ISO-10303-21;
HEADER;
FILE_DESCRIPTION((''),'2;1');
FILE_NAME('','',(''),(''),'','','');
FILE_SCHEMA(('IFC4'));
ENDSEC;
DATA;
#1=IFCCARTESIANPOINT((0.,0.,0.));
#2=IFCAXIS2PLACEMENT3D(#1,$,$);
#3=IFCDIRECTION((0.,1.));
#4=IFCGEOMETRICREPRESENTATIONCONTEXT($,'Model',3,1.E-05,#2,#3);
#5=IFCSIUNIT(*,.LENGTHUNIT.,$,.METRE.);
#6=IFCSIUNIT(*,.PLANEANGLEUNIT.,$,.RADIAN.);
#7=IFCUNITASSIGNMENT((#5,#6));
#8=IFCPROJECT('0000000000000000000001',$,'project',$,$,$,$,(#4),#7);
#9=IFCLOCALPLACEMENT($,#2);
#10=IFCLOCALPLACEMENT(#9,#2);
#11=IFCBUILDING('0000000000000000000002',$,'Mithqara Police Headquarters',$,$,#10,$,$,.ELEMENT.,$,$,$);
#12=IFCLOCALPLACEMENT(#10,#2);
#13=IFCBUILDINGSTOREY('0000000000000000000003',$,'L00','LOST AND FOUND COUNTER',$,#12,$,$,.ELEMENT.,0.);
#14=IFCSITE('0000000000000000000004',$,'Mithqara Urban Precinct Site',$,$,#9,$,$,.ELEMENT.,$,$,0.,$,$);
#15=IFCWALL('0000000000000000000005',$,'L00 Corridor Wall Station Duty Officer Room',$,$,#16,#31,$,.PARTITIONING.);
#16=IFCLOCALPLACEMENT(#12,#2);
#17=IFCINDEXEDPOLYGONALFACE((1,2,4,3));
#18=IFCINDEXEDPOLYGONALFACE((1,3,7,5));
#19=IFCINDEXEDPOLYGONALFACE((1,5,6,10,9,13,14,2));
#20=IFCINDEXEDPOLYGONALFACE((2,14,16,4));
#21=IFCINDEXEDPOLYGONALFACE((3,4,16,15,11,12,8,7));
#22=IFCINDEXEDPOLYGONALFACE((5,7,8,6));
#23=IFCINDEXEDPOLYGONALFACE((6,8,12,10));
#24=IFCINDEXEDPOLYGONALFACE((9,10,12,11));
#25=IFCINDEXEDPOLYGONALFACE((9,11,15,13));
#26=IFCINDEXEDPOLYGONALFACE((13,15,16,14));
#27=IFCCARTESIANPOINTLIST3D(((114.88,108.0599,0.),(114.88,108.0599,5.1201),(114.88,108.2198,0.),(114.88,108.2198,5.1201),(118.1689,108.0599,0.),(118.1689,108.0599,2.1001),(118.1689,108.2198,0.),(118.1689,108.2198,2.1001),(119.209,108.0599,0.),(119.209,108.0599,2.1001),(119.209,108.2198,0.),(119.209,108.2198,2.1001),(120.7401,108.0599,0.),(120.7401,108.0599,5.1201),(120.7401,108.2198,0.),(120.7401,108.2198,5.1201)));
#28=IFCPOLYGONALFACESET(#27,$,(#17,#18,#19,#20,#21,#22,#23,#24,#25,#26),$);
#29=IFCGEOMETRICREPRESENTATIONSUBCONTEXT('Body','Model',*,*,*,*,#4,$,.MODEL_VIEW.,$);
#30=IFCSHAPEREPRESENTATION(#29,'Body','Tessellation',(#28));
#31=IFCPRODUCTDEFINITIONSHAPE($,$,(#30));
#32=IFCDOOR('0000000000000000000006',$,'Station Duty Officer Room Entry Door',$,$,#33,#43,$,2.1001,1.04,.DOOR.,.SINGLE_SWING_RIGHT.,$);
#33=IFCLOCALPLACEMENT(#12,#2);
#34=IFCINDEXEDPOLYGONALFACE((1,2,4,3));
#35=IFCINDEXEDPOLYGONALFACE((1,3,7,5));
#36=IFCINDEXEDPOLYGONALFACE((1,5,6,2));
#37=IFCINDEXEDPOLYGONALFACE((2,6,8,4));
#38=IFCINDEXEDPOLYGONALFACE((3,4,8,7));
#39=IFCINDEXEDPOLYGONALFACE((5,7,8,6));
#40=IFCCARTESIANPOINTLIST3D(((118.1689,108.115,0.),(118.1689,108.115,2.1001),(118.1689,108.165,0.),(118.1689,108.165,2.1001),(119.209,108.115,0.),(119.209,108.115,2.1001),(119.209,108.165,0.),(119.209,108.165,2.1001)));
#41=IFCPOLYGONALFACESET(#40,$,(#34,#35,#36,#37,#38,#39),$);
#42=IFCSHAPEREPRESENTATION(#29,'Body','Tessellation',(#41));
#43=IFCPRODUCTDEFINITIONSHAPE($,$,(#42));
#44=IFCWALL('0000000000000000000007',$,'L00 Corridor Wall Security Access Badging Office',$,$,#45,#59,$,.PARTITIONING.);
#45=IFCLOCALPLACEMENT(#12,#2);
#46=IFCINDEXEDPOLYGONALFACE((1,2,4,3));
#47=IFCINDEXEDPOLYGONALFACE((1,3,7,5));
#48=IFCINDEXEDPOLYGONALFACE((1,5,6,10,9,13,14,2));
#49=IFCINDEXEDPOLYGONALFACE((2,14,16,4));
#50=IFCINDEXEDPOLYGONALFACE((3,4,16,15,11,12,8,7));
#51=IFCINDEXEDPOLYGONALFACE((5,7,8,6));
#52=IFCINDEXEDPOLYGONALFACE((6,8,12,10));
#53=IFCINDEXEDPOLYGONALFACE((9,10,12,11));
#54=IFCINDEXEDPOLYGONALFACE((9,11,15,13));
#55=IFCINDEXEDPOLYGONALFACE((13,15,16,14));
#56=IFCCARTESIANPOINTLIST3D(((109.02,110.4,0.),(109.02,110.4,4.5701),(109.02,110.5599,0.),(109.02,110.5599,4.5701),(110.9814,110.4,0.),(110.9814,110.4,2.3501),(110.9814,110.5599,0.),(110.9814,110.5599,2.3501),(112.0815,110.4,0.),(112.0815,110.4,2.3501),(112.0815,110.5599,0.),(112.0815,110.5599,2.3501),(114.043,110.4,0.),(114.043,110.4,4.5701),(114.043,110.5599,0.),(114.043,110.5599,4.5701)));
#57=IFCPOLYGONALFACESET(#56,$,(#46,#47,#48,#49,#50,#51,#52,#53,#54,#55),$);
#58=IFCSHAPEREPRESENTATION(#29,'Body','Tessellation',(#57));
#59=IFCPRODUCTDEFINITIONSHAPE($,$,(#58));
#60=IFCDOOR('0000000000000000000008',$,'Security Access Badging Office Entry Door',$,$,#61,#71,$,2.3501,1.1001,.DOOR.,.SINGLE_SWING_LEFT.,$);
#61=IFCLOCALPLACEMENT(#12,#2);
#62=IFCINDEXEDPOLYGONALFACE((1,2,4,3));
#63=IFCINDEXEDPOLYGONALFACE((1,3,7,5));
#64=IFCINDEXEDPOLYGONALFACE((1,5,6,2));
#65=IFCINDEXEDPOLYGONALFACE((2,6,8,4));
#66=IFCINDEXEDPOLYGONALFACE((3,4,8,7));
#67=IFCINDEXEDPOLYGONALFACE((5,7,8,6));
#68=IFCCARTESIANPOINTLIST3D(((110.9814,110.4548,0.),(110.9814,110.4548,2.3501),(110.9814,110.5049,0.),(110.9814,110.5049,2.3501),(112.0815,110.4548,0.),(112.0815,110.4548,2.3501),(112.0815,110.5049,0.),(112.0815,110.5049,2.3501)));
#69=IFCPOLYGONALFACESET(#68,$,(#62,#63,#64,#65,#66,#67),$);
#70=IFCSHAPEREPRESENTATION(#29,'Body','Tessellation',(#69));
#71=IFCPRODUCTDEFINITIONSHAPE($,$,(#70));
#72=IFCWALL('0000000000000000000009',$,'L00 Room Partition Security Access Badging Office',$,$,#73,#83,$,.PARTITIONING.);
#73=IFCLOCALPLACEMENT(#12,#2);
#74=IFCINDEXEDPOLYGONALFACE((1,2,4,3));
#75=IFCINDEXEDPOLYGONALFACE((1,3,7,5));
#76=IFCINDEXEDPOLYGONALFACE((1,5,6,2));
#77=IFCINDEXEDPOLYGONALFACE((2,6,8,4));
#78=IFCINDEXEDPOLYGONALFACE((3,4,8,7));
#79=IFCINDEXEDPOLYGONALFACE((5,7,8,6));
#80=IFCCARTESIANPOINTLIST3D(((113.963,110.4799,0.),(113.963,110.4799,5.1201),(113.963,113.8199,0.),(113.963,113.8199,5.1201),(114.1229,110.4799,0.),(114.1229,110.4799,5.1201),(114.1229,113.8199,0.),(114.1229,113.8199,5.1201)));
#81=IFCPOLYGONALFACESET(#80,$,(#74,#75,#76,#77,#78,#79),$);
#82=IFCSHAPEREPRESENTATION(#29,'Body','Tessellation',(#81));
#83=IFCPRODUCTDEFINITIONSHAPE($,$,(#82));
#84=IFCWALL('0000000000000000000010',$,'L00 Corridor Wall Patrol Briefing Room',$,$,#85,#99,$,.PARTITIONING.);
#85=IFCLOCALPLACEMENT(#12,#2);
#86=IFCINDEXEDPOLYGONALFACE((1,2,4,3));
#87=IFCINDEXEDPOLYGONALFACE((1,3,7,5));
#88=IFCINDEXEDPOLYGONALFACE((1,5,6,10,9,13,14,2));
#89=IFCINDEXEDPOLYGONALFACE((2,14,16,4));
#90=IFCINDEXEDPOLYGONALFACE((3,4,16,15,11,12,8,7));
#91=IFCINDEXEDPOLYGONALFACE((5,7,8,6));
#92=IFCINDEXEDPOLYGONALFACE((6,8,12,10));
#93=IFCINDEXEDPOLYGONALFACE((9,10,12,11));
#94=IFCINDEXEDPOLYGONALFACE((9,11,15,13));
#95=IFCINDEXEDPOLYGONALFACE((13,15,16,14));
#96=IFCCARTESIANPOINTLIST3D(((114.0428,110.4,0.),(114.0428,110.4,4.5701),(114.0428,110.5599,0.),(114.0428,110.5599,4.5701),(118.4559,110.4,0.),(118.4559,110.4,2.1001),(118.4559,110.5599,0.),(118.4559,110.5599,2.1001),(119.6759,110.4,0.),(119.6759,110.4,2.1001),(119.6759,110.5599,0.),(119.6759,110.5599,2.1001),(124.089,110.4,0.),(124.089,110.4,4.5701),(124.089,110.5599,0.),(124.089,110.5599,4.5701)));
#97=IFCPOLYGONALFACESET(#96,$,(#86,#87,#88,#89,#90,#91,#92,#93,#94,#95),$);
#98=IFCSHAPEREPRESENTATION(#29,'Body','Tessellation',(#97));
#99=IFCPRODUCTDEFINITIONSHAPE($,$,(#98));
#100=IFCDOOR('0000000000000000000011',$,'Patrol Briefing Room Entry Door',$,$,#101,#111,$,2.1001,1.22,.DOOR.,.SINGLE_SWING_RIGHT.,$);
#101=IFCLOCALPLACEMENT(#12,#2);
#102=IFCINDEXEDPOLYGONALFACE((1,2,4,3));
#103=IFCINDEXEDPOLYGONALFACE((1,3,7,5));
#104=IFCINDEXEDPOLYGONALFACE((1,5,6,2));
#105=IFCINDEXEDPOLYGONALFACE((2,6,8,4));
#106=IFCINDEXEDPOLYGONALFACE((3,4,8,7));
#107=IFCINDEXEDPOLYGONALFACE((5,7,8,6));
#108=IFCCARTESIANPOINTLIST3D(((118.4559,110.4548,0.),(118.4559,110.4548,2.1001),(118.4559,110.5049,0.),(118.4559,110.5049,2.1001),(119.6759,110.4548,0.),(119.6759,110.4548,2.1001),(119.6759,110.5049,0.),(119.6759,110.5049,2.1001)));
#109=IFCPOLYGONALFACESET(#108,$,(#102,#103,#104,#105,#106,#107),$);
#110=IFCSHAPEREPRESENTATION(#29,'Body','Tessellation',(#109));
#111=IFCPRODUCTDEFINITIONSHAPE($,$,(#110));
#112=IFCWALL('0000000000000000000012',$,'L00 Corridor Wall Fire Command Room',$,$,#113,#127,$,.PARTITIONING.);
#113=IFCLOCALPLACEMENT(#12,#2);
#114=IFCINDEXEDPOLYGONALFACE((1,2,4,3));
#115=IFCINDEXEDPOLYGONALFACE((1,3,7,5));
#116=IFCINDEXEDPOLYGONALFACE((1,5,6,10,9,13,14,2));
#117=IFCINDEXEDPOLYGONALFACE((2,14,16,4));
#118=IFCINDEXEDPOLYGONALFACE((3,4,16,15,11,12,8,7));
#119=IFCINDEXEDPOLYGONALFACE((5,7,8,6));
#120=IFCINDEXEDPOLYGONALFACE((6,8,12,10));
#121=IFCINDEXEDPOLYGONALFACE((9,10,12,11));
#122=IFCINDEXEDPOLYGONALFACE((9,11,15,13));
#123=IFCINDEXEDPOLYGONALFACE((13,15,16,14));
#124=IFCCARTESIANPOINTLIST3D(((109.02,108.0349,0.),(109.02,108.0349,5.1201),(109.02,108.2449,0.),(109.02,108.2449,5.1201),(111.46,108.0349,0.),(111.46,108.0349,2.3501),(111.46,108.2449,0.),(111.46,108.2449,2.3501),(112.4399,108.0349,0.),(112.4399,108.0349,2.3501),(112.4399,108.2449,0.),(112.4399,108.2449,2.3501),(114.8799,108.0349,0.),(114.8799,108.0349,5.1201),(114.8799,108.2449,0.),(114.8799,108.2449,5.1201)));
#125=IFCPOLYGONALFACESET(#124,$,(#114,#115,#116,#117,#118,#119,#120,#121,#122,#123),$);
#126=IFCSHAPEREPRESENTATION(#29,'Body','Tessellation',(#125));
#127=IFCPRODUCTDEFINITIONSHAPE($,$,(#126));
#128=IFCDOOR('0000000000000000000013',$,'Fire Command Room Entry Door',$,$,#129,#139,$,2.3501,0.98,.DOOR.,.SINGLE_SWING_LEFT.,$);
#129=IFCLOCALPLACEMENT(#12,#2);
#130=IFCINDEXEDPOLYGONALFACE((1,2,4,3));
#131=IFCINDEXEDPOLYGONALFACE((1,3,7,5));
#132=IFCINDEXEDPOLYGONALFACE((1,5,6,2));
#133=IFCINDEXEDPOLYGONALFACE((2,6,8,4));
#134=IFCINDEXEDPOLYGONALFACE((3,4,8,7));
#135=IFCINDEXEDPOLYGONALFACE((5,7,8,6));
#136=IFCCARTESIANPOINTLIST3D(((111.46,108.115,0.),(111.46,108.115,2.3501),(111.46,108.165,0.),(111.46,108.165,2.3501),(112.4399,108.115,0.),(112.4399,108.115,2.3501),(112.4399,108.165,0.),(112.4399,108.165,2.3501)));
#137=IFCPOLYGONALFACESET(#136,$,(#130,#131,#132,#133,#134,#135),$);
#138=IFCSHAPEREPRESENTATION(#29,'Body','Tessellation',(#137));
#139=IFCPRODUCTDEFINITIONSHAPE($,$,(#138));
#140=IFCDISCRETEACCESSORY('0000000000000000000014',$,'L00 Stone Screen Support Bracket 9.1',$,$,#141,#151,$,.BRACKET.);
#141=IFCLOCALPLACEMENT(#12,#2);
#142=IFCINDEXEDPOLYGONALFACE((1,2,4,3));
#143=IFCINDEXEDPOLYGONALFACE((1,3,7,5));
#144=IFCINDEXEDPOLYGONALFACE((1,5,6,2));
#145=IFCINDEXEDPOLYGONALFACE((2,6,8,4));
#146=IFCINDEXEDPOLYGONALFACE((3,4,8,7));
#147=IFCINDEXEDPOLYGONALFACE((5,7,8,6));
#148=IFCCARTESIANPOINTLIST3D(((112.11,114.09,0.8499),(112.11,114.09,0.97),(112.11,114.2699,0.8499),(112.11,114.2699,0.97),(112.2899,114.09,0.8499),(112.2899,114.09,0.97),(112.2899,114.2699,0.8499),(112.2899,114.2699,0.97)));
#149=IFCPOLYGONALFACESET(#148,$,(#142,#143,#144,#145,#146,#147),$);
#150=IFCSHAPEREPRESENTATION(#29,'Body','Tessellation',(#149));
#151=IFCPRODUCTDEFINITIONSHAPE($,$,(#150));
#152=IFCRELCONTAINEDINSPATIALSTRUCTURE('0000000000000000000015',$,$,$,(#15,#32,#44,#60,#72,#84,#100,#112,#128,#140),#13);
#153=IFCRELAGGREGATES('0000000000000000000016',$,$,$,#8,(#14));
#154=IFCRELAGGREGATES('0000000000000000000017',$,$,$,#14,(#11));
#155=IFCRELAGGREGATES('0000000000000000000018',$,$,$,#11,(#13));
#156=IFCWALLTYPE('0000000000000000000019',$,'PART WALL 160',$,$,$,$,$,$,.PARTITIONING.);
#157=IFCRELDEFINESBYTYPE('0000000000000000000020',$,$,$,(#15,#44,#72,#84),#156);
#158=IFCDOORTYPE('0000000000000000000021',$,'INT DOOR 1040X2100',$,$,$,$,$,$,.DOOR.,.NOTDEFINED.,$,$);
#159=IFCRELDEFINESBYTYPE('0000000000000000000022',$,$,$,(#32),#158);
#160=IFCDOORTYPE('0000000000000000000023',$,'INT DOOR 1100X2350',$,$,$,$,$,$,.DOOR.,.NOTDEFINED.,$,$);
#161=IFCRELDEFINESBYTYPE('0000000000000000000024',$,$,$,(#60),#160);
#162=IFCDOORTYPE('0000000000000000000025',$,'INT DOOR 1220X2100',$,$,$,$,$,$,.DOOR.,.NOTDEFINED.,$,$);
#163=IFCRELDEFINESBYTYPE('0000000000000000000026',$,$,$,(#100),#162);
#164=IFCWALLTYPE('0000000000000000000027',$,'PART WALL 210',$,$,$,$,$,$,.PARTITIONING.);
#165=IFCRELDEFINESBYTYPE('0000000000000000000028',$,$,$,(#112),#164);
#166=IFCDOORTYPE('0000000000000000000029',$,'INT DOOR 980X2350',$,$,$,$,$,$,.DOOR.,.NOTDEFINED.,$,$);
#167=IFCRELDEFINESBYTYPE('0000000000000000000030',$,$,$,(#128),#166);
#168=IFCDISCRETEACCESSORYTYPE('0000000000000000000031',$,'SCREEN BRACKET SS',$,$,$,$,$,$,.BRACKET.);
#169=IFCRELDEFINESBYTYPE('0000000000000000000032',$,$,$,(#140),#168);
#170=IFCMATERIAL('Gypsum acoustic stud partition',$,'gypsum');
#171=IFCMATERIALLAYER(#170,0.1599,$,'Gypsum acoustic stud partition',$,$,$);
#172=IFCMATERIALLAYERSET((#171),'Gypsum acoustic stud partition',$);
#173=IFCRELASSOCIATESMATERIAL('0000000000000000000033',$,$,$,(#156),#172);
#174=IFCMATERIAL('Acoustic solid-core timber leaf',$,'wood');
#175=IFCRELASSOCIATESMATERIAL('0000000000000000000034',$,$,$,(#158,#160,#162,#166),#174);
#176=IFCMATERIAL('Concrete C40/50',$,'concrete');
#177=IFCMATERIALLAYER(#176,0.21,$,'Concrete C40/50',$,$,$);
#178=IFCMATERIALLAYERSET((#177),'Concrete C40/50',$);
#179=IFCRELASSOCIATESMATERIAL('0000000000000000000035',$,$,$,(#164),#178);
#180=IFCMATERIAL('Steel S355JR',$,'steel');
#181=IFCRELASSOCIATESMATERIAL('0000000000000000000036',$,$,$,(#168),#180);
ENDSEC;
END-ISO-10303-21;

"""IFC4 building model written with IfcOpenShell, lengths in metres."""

from ifc_helpers import new_model, si_unit, direction, frame, frame_2d, origin, origin_2d, place, context, subcontext, project, spatial, rectangle, extrude, material, layer, layer_set, type_object, element, fill, save


model = new_model("IFC4")

# Units and contexts
model_context = context("Model", 3, precision=1e-05, world=origin(), true_north=direction((0.0, 1.0)))
body_context = subcontext(model_context, "Body", "Model", "MODEL_VIEW")
ifc_project = project(units=[si_unit("LENGTHUNIT", "METRE"), si_unit("PLANEANGLEUNIT", "RADIAN")], contexts=[model_context])

# Site, building, storey
site_placement = place(None, origin())
site = spatial("IfcSite", under=ifc_project, at=site_placement, Name="Mithqara Urban Precinct Site", CompositionType="ELEMENT", RefElevation=0.0)
building_placement = place(site_placement, origin())
building = spatial("IfcBuilding", under=site, at=building_placement, Name="Mithqara Police Headquarters", CompositionType="ELEMENT")
storey_placement = place(building_placement, origin())
storey = spatial("IfcBuildingStorey", under=building, at=storey_placement, Name="L00", Description="LOST AND FOUND COUNTER", CompositionType="ELEMENT", Elevation=0.0)

# Shared definitions
ifc_material_1 = material(Name="Steel S355JR", Category="steel")
ifc_material_2 = material(Name="Concrete C40/50", Category="concrete")

# Walls, openings, doors
ifc_material_3 = material(Name="Gypsum acoustic stud partition", Category="gypsum")
ifc_layer_1 = layer(ifc_material_3, 0.1599, Name="Gypsum acoustic stud partition")
ifc_layer_set_1 = layer_set([ifc_layer_1], Name="Gypsum acoustic stud partition")
wall_type_1 = type_object("IfcWallType", Name="PART WALL 160", PredefinedType="PARTITIONING", material=ifc_layer_set_1)
wall_1_placement = place(storey_placement, frame((114.8799, 108.1399, 0.0), z_axis=(0.0, 0.0, 1.0), x_axis=(1.0, 0.0, 0.0)))
wall_1 = element("IfcWall", 1, at=wall_1_placement, inside=storey, type_object=wall_type_1, Name="L00 Corridor Wall Station Duty Officer Room", PredefinedType="PARTITIONING", context=body_context, shape_type="SweptSolid", body=[
    extrude(rectangle(XDim=5.8601, YDim=0.1599, at=frame_2d((2.9302, 0.0))), origin(), (0.0, 0.0, 1.0), 5.1201),
])
opening_1_placement = place(wall_1_placement, frame((3.2891, 0.0, 0.0)))
opening_1 = element("IfcOpeningElement", 2, at=opening_1_placement, cuts=wall_1, PredefinedType="OPENING", context=body_context, shape_type="SweptSolid", body=[
    extrude(rectangle(XDim=1.04, YDim=2.1001, at=frame_2d((0.52, 1.05))), frame((0.0, 0.0898, 0.0), z_axis=(0.0, -1.0, 0.0), x_axis=(1.0, 0.0, 0.0)), (0.0, 0.0, 1.0), 0.1799),
])
ifc_material_4 = material(Name="Acoustic solid-core timber leaf", Category="wood")
door_type_1 = type_object("IfcDoorType", Name="INT DOOR 1040X2100", OperationType="NOTDEFINED", PredefinedType="DOOR", material=ifc_material_4)
door_1_placement = place(opening_1_placement, frame((1.04, 0.0, 0.0), z_axis=(0.0, 0.0, 1.0), x_axis=(-1.0, 0.0, 0.0)))
door_1 = element("IfcDoor", 3, at=door_1_placement, inside=storey, type_object=door_type_1, Name="Station Duty Officer Room Entry Door", OperationType="SINGLE_SWING_RIGHT", OverallHeight=2.1001, OverallWidth=1.04, PredefinedType="DOOR", context=body_context, shape_type="SweptSolid", body=[
    extrude(rectangle(XDim=1.04, YDim=2.1001, at=frame_2d((0.52, 1.05))), frame((0.0, 0.0249, 0.0), z_axis=(0.0, -1.0, 0.0), x_axis=(1.0, 0.0, 0.0)), (0.0, 0.0, 1.0), 0.05),
])
fill(opening_1, door_1)
wall_2_placement = place(storey_placement, frame((109.02, 110.48, 0.0), z_axis=(0.0, 0.0, 1.0), x_axis=(1.0, 0.0, 0.0)))
wall_2 = element("IfcWall", 4, at=wall_2_placement, inside=storey, type_object=wall_type_1, Name="L00 Corridor Wall Security Access Badging Office", PredefinedType="PARTITIONING", context=body_context, shape_type="SweptSolid", body=[
    extrude(rectangle(XDim=5.0229, YDim=0.1599, at=frame_2d((2.5115, 0.0))), origin(), (0.0, 0.0, 1.0), 4.5701),
])
opening_2_placement = place(wall_2_placement, frame((1.9614, 0.0, 0.0)))
opening_2 = element("IfcOpeningElement", 5, at=opening_2_placement, cuts=wall_2, PredefinedType="OPENING", context=body_context, shape_type="SweptSolid", body=[
    extrude(rectangle(XDim=1.1001, YDim=2.3501, at=frame_2d((0.55, 1.175))), frame((0.0, 0.0898, 0.0), z_axis=(0.0, -1.0, 0.0), x_axis=(1.0, 0.0, 0.0)), (0.0, 0.0, 1.0), 0.1799),
])
door_type_2 = type_object("IfcDoorType", Name="INT DOOR 1100X2350", OperationType="NOTDEFINED", PredefinedType="DOOR", material=ifc_material_4)
door_2_placement = place(opening_2_placement, origin())
door_2 = element("IfcDoor", 6, at=door_2_placement, inside=storey, type_object=door_type_2, Name="Security Access Badging Office Entry Door", OperationType="SINGLE_SWING_LEFT", OverallHeight=2.3501, OverallWidth=1.1001, PredefinedType="DOOR", context=body_context, shape_type="SweptSolid", body=[
    extrude(rectangle(XDim=1.1001, YDim=2.3501, at=frame_2d((0.55, 1.175))), frame((0.0, 0.0249, 0.0), z_axis=(0.0, -1.0, 0.0), x_axis=(1.0, 0.0, 0.0)), (0.0, 0.0, 1.0), 0.05),
])
fill(opening_2, door_2)

# Wall
wall_3_placement = place(storey_placement, frame((114.043, 110.48, 0.0), z_axis=(0.0, 0.0, 1.0), x_axis=(0.0, 1.0, 0.0)))
element("IfcWall", 7, at=wall_3_placement, inside=storey, type_object=wall_type_1, Name="L00 Room Partition Security Access Badging Office", PredefinedType="PARTITIONING", context=body_context, shape_type="SweptSolid", body=[
    extrude(rectangle(XDim=3.3401, YDim=0.1599, at=frame_2d((1.6699, 0.0))), origin(), (0.0, 0.0, 1.0), 5.1201),
])

# Walls, openings, doors
wall_4_placement = place(storey_placement, frame((114.043, 110.48, 0.0), z_axis=(0.0, 0.0, 1.0), x_axis=(1.0, 0.0, 0.0)))
wall_4 = element("IfcWall", 8, at=wall_4_placement, inside=storey, type_object=wall_type_1, Name="L00 Corridor Wall Patrol Briefing Room", PredefinedType="PARTITIONING", context=body_context, shape_type="SweptSolid", body=[
    extrude(rectangle(XDim=10.0461, YDim=0.1599, at=frame_2d((5.0229, 0.0))), origin(), (0.0, 0.0, 1.0), 4.5701),
])
opening_3_placement = place(wall_4_placement, frame((4.4131, 0.0, 0.0)))
opening_3 = element("IfcOpeningElement", 9, at=opening_3_placement, cuts=wall_4, PredefinedType="OPENING", context=body_context, shape_type="SweptSolid", body=[
    extrude(rectangle(XDim=1.22, YDim=2.1001, at=frame_2d((0.6099, 1.05))), frame((0.0, 0.0898, 0.0), z_axis=(0.0, -1.0, 0.0), x_axis=(1.0, 0.0, 0.0)), (0.0, 0.0, 1.0), 0.1799),
])
door_type_3 = type_object("IfcDoorType", Name="INT DOOR 1220X2100", OperationType="NOTDEFINED", PredefinedType="DOOR", material=ifc_material_4)
door_3_placement = place(opening_3_placement, origin())
door_3 = element("IfcDoor", 10, at=door_3_placement, inside=storey, type_object=door_type_3, Name="Patrol Briefing Room Entry Door", OperationType="SINGLE_SWING_RIGHT", OverallHeight=2.1001, OverallWidth=1.22, PredefinedType="DOOR", context=body_context, shape_type="SweptSolid", body=[
    extrude(rectangle(XDim=1.22, YDim=2.1001, at=frame_2d((0.6099, 1.05))), frame((0.0, 0.0249, 0.0), z_axis=(0.0, -1.0, 0.0), x_axis=(1.0, 0.0, 0.0)), (0.0, 0.0, 1.0), 0.05),
])
fill(opening_3, door_3)
ifc_layer_2 = layer(ifc_material_2, 0.21, Name="Concrete C40/50")
ifc_layer_set_2 = layer_set([ifc_layer_2], Name="Concrete C40/50")
wall_type_2 = type_object("IfcWallType", Name="PART WALL 210", PredefinedType="PARTITIONING", material=ifc_layer_set_2)
wall_5_placement = place(storey_placement, frame((109.02, 108.1399, 0.0), z_axis=(0.0, 0.0, 1.0), x_axis=(1.0, 0.0, 0.0)))
wall_5 = element("IfcWall", 11, at=wall_5_placement, inside=storey, type_object=wall_type_2, Name="L00 Corridor Wall Fire Command Room", PredefinedType="PARTITIONING", context=body_context, shape_type="SweptSolid", body=[
    extrude(rectangle(XDim=5.8599, YDim=0.21, at=frame_2d((2.9299, 0.0))), origin(), (0.0, 0.0, 1.0), 5.1201),
])
opening_4_placement = place(wall_5_placement, frame((2.4399, 0.0, 0.0)))
opening_4 = element("IfcOpeningElement", 12, at=opening_4_placement, cuts=wall_5, PredefinedType="OPENING", context=body_context, shape_type="SweptSolid", body=[
    extrude(rectangle(XDim=0.98, YDim=2.3501, at=frame_2d((0.49, 1.175))), frame((0.0, 0.115, 0.0), z_axis=(0.0, -1.0, 0.0), x_axis=(1.0, 0.0, 0.0)), (0.0, 0.0, 1.0), 0.23),
])
door_type_4 = type_object("IfcDoorType", Name="INT DOOR 980X2350", OperationType="NOTDEFINED", PredefinedType="DOOR", material=ifc_material_4)
door_4_placement = place(opening_4_placement, frame((0.98, 0.0, 0.0), z_axis=(0.0, 0.0, 1.0), x_axis=(-1.0, 0.0, 0.0)))
door_4 = element("IfcDoor", 13, at=door_4_placement, inside=storey, type_object=door_type_4, Name="Fire Command Room Entry Door", OperationType="SINGLE_SWING_LEFT", OverallHeight=2.3501, OverallWidth=0.98, PredefinedType="DOOR", context=body_context, shape_type="SweptSolid", body=[
    extrude(rectangle(XDim=0.98, YDim=2.3501, at=frame_2d((0.49, 1.175))), frame((0.0, 0.0249, 0.0), z_axis=(0.0, -1.0, 0.0), x_axis=(1.0, 0.0, 0.0)), (0.0, 0.0, 1.0), 0.05),
])
fill(opening_4, door_4)

# Discrete accessory
discrete_accessory_type = type_object("IfcDiscreteAccessoryType", Name="SCREEN BRACKET SS", PredefinedType="BRACKET", material=ifc_material_1)
discrete_accessory_placement = place(storey_placement, frame((112.2, 114.1799, 0.8499), z_axis=(0.0, 0.0, 1.0), x_axis=(1.0, 0.0, 0.0)))
element("IfcDiscreteAccessory", 14, at=discrete_accessory_placement, inside=storey, type_object=discrete_accessory_type, Name="L00 Stone Screen Support Bracket 9.1", PredefinedType="BRACKET", context=body_context, shape_type="SweptSolid", body=[
    extrude(rectangle(XDim=0.1799, YDim=0.1799, at=origin_2d()), origin(), (0.0, 0.0, 1.0), 0.1201),
])

save(model, "model.ifc")
